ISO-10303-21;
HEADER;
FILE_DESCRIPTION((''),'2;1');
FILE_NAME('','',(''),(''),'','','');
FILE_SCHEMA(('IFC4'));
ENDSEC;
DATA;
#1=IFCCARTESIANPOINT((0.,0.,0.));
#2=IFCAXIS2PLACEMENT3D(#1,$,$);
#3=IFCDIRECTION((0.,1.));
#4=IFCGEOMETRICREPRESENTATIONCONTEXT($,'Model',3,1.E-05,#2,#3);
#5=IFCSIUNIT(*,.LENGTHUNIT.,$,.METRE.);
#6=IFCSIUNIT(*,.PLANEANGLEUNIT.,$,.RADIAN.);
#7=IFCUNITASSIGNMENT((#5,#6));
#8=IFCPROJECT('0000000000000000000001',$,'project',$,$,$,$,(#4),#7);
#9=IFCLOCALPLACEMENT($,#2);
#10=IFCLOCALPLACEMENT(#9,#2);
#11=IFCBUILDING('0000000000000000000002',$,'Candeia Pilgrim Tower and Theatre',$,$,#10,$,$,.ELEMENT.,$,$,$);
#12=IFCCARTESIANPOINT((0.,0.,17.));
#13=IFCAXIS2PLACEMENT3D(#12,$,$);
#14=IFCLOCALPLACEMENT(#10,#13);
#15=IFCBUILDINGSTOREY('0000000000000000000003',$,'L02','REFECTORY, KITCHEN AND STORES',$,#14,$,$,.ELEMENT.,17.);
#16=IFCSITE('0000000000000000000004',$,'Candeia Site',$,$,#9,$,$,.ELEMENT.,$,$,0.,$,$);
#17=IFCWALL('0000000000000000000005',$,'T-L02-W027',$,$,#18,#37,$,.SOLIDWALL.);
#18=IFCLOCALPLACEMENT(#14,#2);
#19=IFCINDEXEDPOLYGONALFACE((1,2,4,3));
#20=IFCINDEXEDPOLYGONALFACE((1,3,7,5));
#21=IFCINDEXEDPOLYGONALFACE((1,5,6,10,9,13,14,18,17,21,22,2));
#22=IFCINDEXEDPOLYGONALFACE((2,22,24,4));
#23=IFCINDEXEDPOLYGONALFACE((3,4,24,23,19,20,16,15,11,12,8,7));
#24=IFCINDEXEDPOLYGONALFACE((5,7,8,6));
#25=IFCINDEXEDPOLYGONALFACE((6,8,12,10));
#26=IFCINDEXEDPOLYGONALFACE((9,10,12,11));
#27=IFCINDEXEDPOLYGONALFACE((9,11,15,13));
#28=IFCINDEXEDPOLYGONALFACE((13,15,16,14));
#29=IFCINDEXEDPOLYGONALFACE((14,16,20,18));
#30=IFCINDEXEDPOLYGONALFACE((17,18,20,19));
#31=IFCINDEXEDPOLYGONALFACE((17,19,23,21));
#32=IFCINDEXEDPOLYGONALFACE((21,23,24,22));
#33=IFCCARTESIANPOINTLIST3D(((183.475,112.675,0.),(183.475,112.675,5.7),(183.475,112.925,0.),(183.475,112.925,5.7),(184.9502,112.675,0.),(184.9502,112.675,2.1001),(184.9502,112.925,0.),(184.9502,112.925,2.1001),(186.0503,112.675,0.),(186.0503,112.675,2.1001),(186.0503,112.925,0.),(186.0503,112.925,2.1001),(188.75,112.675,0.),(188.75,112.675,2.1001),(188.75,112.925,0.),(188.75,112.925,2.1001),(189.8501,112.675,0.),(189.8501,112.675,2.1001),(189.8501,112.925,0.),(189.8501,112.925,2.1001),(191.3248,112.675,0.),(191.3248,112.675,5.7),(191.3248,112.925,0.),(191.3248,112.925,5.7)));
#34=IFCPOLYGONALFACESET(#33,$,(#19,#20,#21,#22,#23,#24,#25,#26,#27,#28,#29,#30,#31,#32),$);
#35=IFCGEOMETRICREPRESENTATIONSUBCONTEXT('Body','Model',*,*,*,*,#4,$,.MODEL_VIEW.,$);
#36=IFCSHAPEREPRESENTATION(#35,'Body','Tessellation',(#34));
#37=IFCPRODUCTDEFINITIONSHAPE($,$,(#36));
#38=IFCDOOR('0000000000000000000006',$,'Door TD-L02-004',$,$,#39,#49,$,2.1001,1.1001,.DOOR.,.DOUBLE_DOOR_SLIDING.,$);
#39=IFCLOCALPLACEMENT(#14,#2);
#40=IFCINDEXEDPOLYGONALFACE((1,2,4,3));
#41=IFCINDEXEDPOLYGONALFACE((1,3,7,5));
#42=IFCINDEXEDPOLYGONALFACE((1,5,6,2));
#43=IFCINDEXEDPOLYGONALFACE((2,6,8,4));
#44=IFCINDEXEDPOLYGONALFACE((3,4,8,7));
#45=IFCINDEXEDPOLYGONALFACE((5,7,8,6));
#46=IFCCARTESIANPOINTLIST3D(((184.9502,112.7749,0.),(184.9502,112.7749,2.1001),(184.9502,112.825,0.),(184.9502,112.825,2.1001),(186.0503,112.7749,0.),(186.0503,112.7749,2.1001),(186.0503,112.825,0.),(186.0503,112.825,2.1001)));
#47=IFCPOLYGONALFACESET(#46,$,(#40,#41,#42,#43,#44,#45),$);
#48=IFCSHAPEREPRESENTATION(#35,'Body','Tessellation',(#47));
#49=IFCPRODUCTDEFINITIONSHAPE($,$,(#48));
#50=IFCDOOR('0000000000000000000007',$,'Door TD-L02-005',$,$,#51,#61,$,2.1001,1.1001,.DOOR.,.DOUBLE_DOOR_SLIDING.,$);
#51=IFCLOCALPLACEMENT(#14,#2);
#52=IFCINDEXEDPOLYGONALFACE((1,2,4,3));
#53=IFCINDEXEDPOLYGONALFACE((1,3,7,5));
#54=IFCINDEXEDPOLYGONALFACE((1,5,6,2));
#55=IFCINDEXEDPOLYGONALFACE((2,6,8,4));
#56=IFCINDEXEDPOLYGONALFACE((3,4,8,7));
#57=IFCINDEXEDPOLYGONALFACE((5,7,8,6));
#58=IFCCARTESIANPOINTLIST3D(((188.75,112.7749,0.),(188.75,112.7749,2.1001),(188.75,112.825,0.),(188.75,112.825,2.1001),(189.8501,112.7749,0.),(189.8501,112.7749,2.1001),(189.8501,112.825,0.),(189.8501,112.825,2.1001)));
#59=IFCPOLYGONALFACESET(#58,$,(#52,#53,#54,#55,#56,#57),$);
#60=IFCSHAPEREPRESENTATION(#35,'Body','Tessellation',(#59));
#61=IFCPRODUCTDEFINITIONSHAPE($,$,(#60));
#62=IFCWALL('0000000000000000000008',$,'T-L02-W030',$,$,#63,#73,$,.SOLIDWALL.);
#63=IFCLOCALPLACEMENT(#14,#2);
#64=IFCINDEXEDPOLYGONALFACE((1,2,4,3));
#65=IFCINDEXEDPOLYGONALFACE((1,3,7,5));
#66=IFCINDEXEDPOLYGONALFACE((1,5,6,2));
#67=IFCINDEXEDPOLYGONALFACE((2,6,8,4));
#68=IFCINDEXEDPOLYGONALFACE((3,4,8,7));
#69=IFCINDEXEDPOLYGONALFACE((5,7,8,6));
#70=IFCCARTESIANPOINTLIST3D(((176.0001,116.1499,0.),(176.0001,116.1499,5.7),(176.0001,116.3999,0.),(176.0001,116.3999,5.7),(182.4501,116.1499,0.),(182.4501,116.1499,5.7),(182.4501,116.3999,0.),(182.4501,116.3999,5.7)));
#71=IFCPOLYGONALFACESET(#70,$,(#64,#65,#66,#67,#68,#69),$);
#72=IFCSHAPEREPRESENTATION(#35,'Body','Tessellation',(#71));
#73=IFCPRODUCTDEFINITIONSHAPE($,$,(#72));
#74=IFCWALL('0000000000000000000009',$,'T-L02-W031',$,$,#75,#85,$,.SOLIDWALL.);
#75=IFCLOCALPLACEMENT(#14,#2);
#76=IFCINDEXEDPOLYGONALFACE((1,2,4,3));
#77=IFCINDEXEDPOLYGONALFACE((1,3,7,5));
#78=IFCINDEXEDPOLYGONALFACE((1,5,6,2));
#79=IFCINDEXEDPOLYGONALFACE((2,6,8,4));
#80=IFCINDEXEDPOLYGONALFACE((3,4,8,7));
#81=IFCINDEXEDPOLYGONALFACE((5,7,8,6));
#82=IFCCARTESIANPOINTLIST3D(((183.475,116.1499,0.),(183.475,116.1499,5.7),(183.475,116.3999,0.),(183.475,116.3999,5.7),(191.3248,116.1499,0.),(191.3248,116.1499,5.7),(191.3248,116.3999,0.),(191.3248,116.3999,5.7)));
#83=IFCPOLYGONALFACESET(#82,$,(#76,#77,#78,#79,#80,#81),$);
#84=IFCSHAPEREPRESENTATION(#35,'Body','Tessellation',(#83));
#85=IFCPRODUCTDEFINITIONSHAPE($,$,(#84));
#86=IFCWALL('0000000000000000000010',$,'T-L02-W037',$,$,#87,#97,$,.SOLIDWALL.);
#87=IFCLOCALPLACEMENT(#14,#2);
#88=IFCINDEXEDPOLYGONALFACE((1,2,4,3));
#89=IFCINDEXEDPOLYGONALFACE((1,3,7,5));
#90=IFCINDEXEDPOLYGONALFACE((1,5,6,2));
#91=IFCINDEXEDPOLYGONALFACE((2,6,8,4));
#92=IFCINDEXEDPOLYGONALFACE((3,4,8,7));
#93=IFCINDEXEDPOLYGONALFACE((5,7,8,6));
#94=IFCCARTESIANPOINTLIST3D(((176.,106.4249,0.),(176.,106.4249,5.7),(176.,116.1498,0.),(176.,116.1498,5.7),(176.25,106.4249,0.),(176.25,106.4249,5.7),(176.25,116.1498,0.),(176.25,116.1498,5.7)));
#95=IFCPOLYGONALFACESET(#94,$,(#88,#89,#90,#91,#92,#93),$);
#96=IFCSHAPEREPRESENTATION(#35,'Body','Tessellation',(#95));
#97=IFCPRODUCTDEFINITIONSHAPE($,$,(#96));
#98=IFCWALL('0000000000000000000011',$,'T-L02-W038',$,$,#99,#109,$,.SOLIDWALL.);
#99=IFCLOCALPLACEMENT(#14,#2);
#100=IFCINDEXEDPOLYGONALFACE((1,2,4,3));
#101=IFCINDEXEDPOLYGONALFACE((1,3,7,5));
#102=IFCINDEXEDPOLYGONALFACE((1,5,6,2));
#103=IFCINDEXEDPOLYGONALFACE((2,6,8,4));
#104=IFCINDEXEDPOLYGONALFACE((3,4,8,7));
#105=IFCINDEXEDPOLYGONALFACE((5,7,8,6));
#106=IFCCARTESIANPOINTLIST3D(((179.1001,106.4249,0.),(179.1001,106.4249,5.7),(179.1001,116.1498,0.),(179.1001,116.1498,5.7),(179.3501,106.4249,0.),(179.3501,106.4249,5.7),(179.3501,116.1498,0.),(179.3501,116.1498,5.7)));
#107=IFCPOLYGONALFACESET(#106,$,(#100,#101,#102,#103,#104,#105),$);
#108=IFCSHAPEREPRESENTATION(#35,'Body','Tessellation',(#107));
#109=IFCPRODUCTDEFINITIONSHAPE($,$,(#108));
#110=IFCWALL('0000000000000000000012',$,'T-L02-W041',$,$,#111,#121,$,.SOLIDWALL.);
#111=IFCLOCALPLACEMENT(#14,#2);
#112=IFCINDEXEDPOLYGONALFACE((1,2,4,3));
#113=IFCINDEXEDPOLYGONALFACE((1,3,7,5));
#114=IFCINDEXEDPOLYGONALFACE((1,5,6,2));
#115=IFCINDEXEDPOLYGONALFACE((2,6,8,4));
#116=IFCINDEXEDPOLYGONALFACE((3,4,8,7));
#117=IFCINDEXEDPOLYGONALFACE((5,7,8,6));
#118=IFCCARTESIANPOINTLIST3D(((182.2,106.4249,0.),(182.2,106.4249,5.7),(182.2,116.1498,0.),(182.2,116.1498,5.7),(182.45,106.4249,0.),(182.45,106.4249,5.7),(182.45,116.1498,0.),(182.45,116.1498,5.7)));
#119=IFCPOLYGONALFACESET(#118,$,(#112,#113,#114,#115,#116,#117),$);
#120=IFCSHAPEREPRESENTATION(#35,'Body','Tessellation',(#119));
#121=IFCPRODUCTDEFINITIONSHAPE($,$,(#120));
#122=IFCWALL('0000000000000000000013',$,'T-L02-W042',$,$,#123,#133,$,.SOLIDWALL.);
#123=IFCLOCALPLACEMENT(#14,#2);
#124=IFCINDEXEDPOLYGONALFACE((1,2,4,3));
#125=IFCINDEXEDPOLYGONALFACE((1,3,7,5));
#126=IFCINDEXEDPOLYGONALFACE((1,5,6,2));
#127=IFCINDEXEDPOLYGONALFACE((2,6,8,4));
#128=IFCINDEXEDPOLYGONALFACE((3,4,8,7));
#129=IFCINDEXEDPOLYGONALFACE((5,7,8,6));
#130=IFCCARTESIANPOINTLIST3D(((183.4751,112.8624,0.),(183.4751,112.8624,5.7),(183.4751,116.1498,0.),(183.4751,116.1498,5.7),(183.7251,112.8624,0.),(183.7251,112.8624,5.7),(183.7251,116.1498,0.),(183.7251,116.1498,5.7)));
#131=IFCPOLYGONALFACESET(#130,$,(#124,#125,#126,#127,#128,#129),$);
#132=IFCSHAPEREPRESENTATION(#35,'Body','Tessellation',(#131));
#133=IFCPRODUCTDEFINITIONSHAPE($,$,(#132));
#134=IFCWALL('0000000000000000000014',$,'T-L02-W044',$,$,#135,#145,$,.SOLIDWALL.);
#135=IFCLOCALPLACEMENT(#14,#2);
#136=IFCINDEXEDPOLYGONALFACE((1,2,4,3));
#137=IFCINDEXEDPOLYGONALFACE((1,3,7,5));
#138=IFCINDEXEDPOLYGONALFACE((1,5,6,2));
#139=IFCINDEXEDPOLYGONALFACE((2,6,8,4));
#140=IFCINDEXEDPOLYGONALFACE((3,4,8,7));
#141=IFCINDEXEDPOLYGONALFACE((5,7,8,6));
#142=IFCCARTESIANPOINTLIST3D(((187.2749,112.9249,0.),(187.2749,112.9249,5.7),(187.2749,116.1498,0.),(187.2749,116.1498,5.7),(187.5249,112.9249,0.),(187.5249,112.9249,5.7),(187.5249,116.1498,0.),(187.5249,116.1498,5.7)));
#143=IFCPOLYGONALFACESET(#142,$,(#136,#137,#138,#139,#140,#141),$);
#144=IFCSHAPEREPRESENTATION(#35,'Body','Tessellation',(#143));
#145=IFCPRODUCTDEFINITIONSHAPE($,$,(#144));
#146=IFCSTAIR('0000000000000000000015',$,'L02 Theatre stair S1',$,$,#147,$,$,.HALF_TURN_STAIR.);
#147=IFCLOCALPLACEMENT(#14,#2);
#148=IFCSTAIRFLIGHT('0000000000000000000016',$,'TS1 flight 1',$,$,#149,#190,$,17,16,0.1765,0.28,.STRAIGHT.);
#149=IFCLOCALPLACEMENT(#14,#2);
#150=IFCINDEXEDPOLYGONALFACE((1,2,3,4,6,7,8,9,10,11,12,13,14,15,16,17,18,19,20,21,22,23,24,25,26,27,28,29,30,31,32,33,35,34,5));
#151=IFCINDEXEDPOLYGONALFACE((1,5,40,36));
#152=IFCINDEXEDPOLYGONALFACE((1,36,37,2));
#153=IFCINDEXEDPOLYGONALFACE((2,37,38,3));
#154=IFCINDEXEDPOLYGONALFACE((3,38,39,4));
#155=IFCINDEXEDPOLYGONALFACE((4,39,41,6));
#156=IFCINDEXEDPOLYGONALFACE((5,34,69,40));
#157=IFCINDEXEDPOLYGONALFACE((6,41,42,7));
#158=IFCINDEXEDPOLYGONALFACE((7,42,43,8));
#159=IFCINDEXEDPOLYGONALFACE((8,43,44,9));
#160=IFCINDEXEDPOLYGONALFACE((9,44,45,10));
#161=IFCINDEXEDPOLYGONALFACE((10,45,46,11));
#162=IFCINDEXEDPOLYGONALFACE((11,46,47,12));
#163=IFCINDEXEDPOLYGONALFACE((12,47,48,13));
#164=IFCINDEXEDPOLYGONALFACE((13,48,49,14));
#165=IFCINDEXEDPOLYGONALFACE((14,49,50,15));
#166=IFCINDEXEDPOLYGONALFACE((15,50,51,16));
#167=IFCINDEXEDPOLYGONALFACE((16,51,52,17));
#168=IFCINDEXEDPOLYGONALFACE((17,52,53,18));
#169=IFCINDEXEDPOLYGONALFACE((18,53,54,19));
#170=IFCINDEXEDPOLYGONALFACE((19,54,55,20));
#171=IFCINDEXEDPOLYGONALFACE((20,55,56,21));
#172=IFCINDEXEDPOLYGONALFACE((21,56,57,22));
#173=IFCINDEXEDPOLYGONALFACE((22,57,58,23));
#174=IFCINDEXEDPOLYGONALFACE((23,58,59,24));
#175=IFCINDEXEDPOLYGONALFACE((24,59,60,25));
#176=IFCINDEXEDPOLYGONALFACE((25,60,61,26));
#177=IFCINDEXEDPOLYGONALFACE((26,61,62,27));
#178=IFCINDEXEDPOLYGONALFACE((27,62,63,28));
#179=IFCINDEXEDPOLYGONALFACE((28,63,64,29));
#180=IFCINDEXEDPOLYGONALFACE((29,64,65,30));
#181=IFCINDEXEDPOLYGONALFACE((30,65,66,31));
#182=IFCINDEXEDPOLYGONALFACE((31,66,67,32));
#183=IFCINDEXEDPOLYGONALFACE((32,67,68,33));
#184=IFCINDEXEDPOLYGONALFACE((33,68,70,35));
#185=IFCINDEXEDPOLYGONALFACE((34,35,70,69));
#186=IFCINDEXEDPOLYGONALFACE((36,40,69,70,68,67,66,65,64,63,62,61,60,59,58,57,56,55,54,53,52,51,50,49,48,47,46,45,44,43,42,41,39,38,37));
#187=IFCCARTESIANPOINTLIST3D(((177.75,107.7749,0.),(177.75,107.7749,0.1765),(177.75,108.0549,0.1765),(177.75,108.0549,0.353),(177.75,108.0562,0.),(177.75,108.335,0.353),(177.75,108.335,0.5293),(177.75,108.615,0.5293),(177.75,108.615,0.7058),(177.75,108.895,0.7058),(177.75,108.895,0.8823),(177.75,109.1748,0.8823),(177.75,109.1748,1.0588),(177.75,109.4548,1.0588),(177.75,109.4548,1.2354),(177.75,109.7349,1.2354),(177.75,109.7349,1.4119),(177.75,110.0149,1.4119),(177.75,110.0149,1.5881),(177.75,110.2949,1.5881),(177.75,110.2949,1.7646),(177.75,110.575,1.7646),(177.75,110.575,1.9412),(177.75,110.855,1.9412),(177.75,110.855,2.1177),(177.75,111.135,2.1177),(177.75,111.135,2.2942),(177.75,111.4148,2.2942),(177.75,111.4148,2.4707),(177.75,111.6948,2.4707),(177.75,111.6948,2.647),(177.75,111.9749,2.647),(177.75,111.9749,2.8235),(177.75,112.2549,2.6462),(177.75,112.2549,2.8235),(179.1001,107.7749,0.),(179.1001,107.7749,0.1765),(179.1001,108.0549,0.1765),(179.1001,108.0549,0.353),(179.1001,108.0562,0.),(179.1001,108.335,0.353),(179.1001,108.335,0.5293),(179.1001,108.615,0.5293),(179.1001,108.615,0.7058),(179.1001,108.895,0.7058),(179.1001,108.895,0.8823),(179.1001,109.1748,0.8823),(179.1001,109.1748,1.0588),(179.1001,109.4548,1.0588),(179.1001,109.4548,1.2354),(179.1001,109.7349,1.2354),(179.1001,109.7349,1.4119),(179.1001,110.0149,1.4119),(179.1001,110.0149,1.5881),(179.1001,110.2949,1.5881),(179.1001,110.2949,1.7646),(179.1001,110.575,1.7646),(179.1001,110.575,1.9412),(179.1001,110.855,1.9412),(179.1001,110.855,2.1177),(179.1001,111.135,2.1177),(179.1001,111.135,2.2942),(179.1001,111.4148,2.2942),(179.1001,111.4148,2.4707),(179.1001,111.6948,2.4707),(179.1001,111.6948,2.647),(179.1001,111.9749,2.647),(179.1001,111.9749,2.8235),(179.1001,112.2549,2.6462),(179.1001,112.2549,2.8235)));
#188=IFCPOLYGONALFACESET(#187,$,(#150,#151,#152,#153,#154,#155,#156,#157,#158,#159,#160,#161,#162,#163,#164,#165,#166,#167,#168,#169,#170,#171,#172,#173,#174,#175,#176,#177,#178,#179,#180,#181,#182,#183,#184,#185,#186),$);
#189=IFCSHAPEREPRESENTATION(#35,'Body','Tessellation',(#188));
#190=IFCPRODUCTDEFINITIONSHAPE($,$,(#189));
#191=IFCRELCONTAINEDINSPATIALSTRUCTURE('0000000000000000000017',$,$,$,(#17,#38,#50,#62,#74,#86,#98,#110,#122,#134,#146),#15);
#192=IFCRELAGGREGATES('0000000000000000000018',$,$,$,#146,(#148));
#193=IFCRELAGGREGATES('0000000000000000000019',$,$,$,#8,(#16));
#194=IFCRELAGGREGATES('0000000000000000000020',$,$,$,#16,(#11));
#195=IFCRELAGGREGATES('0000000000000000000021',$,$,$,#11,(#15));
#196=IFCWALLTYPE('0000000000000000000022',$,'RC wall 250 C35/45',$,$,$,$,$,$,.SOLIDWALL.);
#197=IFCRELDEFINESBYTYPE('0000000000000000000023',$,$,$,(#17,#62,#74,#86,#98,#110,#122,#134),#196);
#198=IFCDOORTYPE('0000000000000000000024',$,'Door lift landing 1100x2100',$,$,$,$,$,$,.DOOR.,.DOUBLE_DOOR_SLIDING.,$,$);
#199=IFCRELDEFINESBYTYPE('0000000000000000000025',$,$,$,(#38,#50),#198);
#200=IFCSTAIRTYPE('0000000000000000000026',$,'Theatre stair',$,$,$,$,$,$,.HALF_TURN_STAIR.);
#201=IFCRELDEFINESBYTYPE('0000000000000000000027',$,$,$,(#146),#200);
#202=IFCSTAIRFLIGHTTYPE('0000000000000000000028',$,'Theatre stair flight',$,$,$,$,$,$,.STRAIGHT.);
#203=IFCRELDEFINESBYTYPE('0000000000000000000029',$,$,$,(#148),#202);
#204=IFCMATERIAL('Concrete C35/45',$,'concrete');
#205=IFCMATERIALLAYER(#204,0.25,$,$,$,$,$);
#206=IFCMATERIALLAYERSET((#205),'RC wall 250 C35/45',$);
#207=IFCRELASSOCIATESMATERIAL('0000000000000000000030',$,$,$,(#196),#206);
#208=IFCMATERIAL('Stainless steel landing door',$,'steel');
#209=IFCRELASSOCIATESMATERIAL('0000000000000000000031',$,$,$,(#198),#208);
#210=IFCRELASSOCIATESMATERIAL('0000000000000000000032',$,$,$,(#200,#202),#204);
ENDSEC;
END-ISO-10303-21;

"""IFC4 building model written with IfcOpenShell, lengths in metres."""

from ifc_helpers import new_model, si_unit, direction, frame, frame_2d, origin, place, context, subcontext, project, spatial, polyline, rectangle, outline, extrude, material, layer, layer_set, type_object, element, fill, aggregate, save


model = new_model("IFC4")

# Units and contexts
model_context = context("Model", 3, precision=1e-05, world=origin(), true_north=direction((0.0, 1.0)))
body_context = subcontext(model_context, "Body", "Model", "MODEL_VIEW")
ifc_project = project(units=[si_unit("LENGTHUNIT", "METRE"), si_unit("PLANEANGLEUNIT", "RADIAN")], contexts=[model_context])

# Site, building, storey
site_placement = place(None, origin())
site = spatial("IfcSite", under=ifc_project, at=site_placement, Name="Candeia Site", CompositionType="ELEMENT", RefElevation=0.0)
building_placement = place(site_placement, origin())
building = spatial("IfcBuilding", under=site, at=building_placement, Name="Candeia Pilgrim Tower and Theatre", CompositionType="ELEMENT")
storey_placement = place(building_placement, frame((0.0, 0.0, 17.0)))
storey = spatial("IfcBuildingStorey", under=building, at=storey_placement, Name="L02", Description="REFECTORY, KITCHEN AND STORES", CompositionType="ELEMENT", Elevation=17.0)

# Wall, openings, doors
ifc_material_1 = material(Name="Concrete C35/45", Category="concrete")
ifc_layer_1 = layer(ifc_material_1, 0.25)
ifc_layer_set_1 = layer_set([ifc_layer_1], Name="RC wall 250 C35/45")
wall_type_1 = type_object("IfcWallType", Name="RC wall 250 C35/45", PredefinedType="SOLIDWALL", material=ifc_layer_set_1)
wall_1_placement = place(storey_placement, frame((183.4751, 112.8, 0.0), z_axis=(0.0, 0.0, 1.0), x_axis=(1.0, 0.0, 0.0)))
wall_1 = element("IfcWall", 1, at=wall_1_placement, inside=storey, type_object=wall_type_1, Name="T-L02-W027", PredefinedType="SOLIDWALL", context=body_context, shape_type="SweptSolid", body=[
    extrude(rectangle(XDim=7.8499, YDim=0.25, at=frame_2d((3.9248, 0.0))), origin(), (0.0, 0.0, 1.0), 5.7),
])
opening_1_placement = place(wall_1_placement, frame((1.4751, 0.0, 0.0)))
opening_1 = element("IfcOpeningElement", 2, at=opening_1_placement, cuts=wall_1, PredefinedType="OPENING", context=body_context, shape_type="SweptSolid", body=[
    extrude(rectangle(XDim=1.1001, YDim=2.1001, at=frame_2d((0.55, 1.05))), frame((0.0, 0.135, 0.0), z_axis=(0.0, -1.0, 0.0), x_axis=(1.0, 0.0, 0.0)), (0.0, 0.0, 1.0), 0.27),
])
opening_2_placement = place(wall_1_placement, frame((5.2749, 0.0, 0.0)))
opening_2 = element("IfcOpeningElement", 3, at=opening_2_placement, cuts=wall_1, PredefinedType="OPENING", context=body_context, shape_type="SweptSolid", body=[
    extrude(rectangle(XDim=1.1001, YDim=2.1001, at=frame_2d((0.55, 1.05))), frame((0.0, 0.135, 0.0), z_axis=(0.0, -1.0, 0.0), x_axis=(1.0, 0.0, 0.0)), (0.0, 0.0, 1.0), 0.27),
])
ifc_material_2 = material(Name="Stainless steel landing door", Category="steel")
door_type_1 = type_object("IfcDoorType", Name="Door lift landing 1100x2100", OperationType="DOUBLE_DOOR_SLIDING", PredefinedType="DOOR", material=ifc_material_2)
door_1_placement = place(opening_1_placement, origin())
door_1 = element("IfcDoor", 4, at=door_1_placement, inside=storey, type_object=door_type_1, Name="Door TD-L02-004", OperationType="DOUBLE_DOOR_SLIDING", OverallHeight=2.1001, OverallWidth=1.1001, PredefinedType="DOOR", context=body_context, shape_type="SweptSolid", body=[
    extrude(rectangle(XDim=1.1001, YDim=2.1001, at=frame_2d((0.55, 1.05))), frame((0.0, 0.0249, 0.0), z_axis=(0.0, -1.0, 0.0), x_axis=(1.0, 0.0, 0.0)), (0.0, 0.0, 1.0), 0.05),
])
fill(opening_1, door_1)
door_2_placement = place(opening_2_placement, origin())
door_2 = element("IfcDoor", 5, at=door_2_placement, inside=storey, type_object=door_type_1, Name="Door TD-L02-005", OperationType="DOUBLE_DOOR_SLIDING", OverallHeight=2.1001, OverallWidth=1.1001, PredefinedType="DOOR", context=body_context, shape_type="SweptSolid", body=[
    extrude(rectangle(XDim=1.1001, YDim=2.1001, at=frame_2d((0.55, 1.05))), frame((0.0, 0.0249, 0.0), z_axis=(0.0, -1.0, 0.0), x_axis=(1.0, 0.0, 0.0)), (0.0, 0.0, 1.0), 0.05),
])
fill(opening_2, door_2)

# Walls
wall_2_placement = place(storey_placement, frame((176.0, 116.2749, 0.0), z_axis=(0.0, 0.0, 1.0), x_axis=(1.0, 0.0, 0.0)))
element("IfcWall", 6, at=wall_2_placement, inside=storey, type_object=wall_type_1, Name="T-L02-W030", PredefinedType="SOLIDWALL", context=body_context, shape_type="SweptSolid", body=[
    extrude(rectangle(XDim=6.45, YDim=0.25, at=frame_2d((3.2251, 0.0))), origin(), (0.0, 0.0, 1.0), 5.7),
])
wall_3_placement = place(storey_placement, frame((183.4751, 116.2749, 0.0), z_axis=(0.0, 0.0, 1.0), x_axis=(1.0, 0.0, 0.0)))
element("IfcWall", 7, at=wall_3_placement, inside=storey, type_object=wall_type_1, Name="T-L02-W031", PredefinedType="SOLIDWALL", context=body_context, shape_type="SweptSolid", body=[
    extrude(rectangle(XDim=7.8499, YDim=0.25, at=frame_2d((3.9248, 0.0))), origin(), (0.0, 0.0, 1.0), 5.7),
])
for number, where, z_axis, x_axis, name in (
    (8, (176.125, 106.425, 0.0), (0.0, 0.0, 1.0), (0.0, 1.0, 0.0), "T-L02-W037"),
    (9, (179.2251, 106.425, 0.0), (0.0, 0.0, 1.0), (0.0, 1.0, 0.0), "T-L02-W038"),
    (10, (182.325, 106.425, 0.0), (0.0, 0.0, 1.0), (0.0, 1.0, 0.0), "T-L02-W041"),
):
    element("IfcWall", number, at=place(storey_placement, frame(where, z_axis=z_axis, x_axis=x_axis)), inside=storey, type_object=wall_type_1, Name=name, PredefinedType="SOLIDWALL", context=body_context, shape_type="SweptSolid", body=[
        extrude(rectangle(XDim=9.7249, YDim=0.25, at=frame_2d((4.8623, 0.0))), origin(), (0.0, 0.0, 1.0), 5.7),
    ])
wall_4_placement = place(storey_placement, frame((183.6001, 112.8625, 0.0), z_axis=(0.0, 0.0, 1.0), x_axis=(0.0, 1.0, 0.0)))
element("IfcWall", 11, at=wall_4_placement, inside=storey, type_object=wall_type_1, Name="T-L02-W042", PredefinedType="SOLIDWALL", context=body_context, shape_type="SweptSolid", body=[
    extrude(rectangle(XDim=3.2874, YDim=0.25, at=frame_2d((1.6436, 0.0))), origin(), (0.0, 0.0, 1.0), 5.7),
])
wall_5_placement = place(storey_placement, frame((187.3999, 112.925, 0.0), z_axis=(0.0, 0.0, 1.0), x_axis=(0.0, 1.0, 0.0)))
element("IfcWall", 12, at=wall_5_placement, inside=storey, type_object=wall_type_1, Name="T-L02-W044", PredefinedType="SOLIDWALL", context=body_context, shape_type="SweptSolid", body=[
    extrude(rectangle(XDim=3.2249, YDim=0.25, at=frame_2d((1.6123, 0.0))), origin(), (0.0, 0.0, 1.0), 5.7),
])

# Stair, stair flight
stair_type = type_object("IfcStairType", Name="Theatre stair", PredefinedType="HALF_TURN_STAIR", material=ifc_material_1)
stair_1_placement = place(storey_placement, origin())
stair_1 = element("IfcStair", 13, at=stair_1_placement, inside=storey, type_object=stair_type, Name="L02 Theatre stair S1", PredefinedType="HALF_TURN_STAIR")
stair_flight_type = type_object("IfcStairFlightType", Name="Theatre stair flight", PredefinedType="STRAIGHT", material=ifc_material_1)
stair_flight_1_placement = place(storey_placement, frame((178.425, 107.7749, 0.0), z_axis=(0.0, 0.0, 1.0), x_axis=(0.0, 1.0, 0.0)))
stair_flight_1 = element("IfcStairFlight", 14, at=stair_flight_1_placement, type_object=stair_flight_type, Name="TS1 flight 1", NumberOfRisers=17, NumberOfTreads=16, PredefinedType="STRAIGHT", RiserHeight=0.1765, TreadLength=0.28, context=body_context, shape_type="SweptSolid", body=[
    extrude(outline(polyline([(0.0, 0.0), (0.0, 0.1765), (0.28, 0.1765), (0.28, 0.353), (0.5601, 0.353), (0.5601, 0.5293), (0.8401, 0.5293), (0.8401, 0.7058), (1.1201, 0.7058), (1.1201, 0.8823), (1.3999, 0.8823), (1.3999, 1.0588), (1.6799, 1.0588), (1.6799, 1.2354), (1.96, 1.2354), (1.96, 1.4119), (2.24, 1.4119), (2.24, 1.5881), (2.52, 1.5881), (2.52, 1.7646), (2.8, 1.7646), (2.8, 1.9412), (3.0801, 1.9412), (3.0801, 2.1177), (3.3601, 2.1177), (3.3601, 2.2942), (3.6399, 2.2942), (3.6399, 2.4707), (3.9199, 2.4707), (3.9199, 2.647), (4.2, 2.647), (4.2, 2.8235), (4.48, 2.8235), (4.48, 3.0), (4.48, 2.6462), (0.2812, 0.0), (0.0, 0.0)])), frame((0.0, 0.675, 0.0), z_axis=(0.0, -1.0, 0.0), x_axis=(1.0, 0.0, 0.0)), (0.0, 0.0, 1.0), 1.3501),
])
aggregate(stair_1, [stair_flight_1])

save(model, "model.ifc")
